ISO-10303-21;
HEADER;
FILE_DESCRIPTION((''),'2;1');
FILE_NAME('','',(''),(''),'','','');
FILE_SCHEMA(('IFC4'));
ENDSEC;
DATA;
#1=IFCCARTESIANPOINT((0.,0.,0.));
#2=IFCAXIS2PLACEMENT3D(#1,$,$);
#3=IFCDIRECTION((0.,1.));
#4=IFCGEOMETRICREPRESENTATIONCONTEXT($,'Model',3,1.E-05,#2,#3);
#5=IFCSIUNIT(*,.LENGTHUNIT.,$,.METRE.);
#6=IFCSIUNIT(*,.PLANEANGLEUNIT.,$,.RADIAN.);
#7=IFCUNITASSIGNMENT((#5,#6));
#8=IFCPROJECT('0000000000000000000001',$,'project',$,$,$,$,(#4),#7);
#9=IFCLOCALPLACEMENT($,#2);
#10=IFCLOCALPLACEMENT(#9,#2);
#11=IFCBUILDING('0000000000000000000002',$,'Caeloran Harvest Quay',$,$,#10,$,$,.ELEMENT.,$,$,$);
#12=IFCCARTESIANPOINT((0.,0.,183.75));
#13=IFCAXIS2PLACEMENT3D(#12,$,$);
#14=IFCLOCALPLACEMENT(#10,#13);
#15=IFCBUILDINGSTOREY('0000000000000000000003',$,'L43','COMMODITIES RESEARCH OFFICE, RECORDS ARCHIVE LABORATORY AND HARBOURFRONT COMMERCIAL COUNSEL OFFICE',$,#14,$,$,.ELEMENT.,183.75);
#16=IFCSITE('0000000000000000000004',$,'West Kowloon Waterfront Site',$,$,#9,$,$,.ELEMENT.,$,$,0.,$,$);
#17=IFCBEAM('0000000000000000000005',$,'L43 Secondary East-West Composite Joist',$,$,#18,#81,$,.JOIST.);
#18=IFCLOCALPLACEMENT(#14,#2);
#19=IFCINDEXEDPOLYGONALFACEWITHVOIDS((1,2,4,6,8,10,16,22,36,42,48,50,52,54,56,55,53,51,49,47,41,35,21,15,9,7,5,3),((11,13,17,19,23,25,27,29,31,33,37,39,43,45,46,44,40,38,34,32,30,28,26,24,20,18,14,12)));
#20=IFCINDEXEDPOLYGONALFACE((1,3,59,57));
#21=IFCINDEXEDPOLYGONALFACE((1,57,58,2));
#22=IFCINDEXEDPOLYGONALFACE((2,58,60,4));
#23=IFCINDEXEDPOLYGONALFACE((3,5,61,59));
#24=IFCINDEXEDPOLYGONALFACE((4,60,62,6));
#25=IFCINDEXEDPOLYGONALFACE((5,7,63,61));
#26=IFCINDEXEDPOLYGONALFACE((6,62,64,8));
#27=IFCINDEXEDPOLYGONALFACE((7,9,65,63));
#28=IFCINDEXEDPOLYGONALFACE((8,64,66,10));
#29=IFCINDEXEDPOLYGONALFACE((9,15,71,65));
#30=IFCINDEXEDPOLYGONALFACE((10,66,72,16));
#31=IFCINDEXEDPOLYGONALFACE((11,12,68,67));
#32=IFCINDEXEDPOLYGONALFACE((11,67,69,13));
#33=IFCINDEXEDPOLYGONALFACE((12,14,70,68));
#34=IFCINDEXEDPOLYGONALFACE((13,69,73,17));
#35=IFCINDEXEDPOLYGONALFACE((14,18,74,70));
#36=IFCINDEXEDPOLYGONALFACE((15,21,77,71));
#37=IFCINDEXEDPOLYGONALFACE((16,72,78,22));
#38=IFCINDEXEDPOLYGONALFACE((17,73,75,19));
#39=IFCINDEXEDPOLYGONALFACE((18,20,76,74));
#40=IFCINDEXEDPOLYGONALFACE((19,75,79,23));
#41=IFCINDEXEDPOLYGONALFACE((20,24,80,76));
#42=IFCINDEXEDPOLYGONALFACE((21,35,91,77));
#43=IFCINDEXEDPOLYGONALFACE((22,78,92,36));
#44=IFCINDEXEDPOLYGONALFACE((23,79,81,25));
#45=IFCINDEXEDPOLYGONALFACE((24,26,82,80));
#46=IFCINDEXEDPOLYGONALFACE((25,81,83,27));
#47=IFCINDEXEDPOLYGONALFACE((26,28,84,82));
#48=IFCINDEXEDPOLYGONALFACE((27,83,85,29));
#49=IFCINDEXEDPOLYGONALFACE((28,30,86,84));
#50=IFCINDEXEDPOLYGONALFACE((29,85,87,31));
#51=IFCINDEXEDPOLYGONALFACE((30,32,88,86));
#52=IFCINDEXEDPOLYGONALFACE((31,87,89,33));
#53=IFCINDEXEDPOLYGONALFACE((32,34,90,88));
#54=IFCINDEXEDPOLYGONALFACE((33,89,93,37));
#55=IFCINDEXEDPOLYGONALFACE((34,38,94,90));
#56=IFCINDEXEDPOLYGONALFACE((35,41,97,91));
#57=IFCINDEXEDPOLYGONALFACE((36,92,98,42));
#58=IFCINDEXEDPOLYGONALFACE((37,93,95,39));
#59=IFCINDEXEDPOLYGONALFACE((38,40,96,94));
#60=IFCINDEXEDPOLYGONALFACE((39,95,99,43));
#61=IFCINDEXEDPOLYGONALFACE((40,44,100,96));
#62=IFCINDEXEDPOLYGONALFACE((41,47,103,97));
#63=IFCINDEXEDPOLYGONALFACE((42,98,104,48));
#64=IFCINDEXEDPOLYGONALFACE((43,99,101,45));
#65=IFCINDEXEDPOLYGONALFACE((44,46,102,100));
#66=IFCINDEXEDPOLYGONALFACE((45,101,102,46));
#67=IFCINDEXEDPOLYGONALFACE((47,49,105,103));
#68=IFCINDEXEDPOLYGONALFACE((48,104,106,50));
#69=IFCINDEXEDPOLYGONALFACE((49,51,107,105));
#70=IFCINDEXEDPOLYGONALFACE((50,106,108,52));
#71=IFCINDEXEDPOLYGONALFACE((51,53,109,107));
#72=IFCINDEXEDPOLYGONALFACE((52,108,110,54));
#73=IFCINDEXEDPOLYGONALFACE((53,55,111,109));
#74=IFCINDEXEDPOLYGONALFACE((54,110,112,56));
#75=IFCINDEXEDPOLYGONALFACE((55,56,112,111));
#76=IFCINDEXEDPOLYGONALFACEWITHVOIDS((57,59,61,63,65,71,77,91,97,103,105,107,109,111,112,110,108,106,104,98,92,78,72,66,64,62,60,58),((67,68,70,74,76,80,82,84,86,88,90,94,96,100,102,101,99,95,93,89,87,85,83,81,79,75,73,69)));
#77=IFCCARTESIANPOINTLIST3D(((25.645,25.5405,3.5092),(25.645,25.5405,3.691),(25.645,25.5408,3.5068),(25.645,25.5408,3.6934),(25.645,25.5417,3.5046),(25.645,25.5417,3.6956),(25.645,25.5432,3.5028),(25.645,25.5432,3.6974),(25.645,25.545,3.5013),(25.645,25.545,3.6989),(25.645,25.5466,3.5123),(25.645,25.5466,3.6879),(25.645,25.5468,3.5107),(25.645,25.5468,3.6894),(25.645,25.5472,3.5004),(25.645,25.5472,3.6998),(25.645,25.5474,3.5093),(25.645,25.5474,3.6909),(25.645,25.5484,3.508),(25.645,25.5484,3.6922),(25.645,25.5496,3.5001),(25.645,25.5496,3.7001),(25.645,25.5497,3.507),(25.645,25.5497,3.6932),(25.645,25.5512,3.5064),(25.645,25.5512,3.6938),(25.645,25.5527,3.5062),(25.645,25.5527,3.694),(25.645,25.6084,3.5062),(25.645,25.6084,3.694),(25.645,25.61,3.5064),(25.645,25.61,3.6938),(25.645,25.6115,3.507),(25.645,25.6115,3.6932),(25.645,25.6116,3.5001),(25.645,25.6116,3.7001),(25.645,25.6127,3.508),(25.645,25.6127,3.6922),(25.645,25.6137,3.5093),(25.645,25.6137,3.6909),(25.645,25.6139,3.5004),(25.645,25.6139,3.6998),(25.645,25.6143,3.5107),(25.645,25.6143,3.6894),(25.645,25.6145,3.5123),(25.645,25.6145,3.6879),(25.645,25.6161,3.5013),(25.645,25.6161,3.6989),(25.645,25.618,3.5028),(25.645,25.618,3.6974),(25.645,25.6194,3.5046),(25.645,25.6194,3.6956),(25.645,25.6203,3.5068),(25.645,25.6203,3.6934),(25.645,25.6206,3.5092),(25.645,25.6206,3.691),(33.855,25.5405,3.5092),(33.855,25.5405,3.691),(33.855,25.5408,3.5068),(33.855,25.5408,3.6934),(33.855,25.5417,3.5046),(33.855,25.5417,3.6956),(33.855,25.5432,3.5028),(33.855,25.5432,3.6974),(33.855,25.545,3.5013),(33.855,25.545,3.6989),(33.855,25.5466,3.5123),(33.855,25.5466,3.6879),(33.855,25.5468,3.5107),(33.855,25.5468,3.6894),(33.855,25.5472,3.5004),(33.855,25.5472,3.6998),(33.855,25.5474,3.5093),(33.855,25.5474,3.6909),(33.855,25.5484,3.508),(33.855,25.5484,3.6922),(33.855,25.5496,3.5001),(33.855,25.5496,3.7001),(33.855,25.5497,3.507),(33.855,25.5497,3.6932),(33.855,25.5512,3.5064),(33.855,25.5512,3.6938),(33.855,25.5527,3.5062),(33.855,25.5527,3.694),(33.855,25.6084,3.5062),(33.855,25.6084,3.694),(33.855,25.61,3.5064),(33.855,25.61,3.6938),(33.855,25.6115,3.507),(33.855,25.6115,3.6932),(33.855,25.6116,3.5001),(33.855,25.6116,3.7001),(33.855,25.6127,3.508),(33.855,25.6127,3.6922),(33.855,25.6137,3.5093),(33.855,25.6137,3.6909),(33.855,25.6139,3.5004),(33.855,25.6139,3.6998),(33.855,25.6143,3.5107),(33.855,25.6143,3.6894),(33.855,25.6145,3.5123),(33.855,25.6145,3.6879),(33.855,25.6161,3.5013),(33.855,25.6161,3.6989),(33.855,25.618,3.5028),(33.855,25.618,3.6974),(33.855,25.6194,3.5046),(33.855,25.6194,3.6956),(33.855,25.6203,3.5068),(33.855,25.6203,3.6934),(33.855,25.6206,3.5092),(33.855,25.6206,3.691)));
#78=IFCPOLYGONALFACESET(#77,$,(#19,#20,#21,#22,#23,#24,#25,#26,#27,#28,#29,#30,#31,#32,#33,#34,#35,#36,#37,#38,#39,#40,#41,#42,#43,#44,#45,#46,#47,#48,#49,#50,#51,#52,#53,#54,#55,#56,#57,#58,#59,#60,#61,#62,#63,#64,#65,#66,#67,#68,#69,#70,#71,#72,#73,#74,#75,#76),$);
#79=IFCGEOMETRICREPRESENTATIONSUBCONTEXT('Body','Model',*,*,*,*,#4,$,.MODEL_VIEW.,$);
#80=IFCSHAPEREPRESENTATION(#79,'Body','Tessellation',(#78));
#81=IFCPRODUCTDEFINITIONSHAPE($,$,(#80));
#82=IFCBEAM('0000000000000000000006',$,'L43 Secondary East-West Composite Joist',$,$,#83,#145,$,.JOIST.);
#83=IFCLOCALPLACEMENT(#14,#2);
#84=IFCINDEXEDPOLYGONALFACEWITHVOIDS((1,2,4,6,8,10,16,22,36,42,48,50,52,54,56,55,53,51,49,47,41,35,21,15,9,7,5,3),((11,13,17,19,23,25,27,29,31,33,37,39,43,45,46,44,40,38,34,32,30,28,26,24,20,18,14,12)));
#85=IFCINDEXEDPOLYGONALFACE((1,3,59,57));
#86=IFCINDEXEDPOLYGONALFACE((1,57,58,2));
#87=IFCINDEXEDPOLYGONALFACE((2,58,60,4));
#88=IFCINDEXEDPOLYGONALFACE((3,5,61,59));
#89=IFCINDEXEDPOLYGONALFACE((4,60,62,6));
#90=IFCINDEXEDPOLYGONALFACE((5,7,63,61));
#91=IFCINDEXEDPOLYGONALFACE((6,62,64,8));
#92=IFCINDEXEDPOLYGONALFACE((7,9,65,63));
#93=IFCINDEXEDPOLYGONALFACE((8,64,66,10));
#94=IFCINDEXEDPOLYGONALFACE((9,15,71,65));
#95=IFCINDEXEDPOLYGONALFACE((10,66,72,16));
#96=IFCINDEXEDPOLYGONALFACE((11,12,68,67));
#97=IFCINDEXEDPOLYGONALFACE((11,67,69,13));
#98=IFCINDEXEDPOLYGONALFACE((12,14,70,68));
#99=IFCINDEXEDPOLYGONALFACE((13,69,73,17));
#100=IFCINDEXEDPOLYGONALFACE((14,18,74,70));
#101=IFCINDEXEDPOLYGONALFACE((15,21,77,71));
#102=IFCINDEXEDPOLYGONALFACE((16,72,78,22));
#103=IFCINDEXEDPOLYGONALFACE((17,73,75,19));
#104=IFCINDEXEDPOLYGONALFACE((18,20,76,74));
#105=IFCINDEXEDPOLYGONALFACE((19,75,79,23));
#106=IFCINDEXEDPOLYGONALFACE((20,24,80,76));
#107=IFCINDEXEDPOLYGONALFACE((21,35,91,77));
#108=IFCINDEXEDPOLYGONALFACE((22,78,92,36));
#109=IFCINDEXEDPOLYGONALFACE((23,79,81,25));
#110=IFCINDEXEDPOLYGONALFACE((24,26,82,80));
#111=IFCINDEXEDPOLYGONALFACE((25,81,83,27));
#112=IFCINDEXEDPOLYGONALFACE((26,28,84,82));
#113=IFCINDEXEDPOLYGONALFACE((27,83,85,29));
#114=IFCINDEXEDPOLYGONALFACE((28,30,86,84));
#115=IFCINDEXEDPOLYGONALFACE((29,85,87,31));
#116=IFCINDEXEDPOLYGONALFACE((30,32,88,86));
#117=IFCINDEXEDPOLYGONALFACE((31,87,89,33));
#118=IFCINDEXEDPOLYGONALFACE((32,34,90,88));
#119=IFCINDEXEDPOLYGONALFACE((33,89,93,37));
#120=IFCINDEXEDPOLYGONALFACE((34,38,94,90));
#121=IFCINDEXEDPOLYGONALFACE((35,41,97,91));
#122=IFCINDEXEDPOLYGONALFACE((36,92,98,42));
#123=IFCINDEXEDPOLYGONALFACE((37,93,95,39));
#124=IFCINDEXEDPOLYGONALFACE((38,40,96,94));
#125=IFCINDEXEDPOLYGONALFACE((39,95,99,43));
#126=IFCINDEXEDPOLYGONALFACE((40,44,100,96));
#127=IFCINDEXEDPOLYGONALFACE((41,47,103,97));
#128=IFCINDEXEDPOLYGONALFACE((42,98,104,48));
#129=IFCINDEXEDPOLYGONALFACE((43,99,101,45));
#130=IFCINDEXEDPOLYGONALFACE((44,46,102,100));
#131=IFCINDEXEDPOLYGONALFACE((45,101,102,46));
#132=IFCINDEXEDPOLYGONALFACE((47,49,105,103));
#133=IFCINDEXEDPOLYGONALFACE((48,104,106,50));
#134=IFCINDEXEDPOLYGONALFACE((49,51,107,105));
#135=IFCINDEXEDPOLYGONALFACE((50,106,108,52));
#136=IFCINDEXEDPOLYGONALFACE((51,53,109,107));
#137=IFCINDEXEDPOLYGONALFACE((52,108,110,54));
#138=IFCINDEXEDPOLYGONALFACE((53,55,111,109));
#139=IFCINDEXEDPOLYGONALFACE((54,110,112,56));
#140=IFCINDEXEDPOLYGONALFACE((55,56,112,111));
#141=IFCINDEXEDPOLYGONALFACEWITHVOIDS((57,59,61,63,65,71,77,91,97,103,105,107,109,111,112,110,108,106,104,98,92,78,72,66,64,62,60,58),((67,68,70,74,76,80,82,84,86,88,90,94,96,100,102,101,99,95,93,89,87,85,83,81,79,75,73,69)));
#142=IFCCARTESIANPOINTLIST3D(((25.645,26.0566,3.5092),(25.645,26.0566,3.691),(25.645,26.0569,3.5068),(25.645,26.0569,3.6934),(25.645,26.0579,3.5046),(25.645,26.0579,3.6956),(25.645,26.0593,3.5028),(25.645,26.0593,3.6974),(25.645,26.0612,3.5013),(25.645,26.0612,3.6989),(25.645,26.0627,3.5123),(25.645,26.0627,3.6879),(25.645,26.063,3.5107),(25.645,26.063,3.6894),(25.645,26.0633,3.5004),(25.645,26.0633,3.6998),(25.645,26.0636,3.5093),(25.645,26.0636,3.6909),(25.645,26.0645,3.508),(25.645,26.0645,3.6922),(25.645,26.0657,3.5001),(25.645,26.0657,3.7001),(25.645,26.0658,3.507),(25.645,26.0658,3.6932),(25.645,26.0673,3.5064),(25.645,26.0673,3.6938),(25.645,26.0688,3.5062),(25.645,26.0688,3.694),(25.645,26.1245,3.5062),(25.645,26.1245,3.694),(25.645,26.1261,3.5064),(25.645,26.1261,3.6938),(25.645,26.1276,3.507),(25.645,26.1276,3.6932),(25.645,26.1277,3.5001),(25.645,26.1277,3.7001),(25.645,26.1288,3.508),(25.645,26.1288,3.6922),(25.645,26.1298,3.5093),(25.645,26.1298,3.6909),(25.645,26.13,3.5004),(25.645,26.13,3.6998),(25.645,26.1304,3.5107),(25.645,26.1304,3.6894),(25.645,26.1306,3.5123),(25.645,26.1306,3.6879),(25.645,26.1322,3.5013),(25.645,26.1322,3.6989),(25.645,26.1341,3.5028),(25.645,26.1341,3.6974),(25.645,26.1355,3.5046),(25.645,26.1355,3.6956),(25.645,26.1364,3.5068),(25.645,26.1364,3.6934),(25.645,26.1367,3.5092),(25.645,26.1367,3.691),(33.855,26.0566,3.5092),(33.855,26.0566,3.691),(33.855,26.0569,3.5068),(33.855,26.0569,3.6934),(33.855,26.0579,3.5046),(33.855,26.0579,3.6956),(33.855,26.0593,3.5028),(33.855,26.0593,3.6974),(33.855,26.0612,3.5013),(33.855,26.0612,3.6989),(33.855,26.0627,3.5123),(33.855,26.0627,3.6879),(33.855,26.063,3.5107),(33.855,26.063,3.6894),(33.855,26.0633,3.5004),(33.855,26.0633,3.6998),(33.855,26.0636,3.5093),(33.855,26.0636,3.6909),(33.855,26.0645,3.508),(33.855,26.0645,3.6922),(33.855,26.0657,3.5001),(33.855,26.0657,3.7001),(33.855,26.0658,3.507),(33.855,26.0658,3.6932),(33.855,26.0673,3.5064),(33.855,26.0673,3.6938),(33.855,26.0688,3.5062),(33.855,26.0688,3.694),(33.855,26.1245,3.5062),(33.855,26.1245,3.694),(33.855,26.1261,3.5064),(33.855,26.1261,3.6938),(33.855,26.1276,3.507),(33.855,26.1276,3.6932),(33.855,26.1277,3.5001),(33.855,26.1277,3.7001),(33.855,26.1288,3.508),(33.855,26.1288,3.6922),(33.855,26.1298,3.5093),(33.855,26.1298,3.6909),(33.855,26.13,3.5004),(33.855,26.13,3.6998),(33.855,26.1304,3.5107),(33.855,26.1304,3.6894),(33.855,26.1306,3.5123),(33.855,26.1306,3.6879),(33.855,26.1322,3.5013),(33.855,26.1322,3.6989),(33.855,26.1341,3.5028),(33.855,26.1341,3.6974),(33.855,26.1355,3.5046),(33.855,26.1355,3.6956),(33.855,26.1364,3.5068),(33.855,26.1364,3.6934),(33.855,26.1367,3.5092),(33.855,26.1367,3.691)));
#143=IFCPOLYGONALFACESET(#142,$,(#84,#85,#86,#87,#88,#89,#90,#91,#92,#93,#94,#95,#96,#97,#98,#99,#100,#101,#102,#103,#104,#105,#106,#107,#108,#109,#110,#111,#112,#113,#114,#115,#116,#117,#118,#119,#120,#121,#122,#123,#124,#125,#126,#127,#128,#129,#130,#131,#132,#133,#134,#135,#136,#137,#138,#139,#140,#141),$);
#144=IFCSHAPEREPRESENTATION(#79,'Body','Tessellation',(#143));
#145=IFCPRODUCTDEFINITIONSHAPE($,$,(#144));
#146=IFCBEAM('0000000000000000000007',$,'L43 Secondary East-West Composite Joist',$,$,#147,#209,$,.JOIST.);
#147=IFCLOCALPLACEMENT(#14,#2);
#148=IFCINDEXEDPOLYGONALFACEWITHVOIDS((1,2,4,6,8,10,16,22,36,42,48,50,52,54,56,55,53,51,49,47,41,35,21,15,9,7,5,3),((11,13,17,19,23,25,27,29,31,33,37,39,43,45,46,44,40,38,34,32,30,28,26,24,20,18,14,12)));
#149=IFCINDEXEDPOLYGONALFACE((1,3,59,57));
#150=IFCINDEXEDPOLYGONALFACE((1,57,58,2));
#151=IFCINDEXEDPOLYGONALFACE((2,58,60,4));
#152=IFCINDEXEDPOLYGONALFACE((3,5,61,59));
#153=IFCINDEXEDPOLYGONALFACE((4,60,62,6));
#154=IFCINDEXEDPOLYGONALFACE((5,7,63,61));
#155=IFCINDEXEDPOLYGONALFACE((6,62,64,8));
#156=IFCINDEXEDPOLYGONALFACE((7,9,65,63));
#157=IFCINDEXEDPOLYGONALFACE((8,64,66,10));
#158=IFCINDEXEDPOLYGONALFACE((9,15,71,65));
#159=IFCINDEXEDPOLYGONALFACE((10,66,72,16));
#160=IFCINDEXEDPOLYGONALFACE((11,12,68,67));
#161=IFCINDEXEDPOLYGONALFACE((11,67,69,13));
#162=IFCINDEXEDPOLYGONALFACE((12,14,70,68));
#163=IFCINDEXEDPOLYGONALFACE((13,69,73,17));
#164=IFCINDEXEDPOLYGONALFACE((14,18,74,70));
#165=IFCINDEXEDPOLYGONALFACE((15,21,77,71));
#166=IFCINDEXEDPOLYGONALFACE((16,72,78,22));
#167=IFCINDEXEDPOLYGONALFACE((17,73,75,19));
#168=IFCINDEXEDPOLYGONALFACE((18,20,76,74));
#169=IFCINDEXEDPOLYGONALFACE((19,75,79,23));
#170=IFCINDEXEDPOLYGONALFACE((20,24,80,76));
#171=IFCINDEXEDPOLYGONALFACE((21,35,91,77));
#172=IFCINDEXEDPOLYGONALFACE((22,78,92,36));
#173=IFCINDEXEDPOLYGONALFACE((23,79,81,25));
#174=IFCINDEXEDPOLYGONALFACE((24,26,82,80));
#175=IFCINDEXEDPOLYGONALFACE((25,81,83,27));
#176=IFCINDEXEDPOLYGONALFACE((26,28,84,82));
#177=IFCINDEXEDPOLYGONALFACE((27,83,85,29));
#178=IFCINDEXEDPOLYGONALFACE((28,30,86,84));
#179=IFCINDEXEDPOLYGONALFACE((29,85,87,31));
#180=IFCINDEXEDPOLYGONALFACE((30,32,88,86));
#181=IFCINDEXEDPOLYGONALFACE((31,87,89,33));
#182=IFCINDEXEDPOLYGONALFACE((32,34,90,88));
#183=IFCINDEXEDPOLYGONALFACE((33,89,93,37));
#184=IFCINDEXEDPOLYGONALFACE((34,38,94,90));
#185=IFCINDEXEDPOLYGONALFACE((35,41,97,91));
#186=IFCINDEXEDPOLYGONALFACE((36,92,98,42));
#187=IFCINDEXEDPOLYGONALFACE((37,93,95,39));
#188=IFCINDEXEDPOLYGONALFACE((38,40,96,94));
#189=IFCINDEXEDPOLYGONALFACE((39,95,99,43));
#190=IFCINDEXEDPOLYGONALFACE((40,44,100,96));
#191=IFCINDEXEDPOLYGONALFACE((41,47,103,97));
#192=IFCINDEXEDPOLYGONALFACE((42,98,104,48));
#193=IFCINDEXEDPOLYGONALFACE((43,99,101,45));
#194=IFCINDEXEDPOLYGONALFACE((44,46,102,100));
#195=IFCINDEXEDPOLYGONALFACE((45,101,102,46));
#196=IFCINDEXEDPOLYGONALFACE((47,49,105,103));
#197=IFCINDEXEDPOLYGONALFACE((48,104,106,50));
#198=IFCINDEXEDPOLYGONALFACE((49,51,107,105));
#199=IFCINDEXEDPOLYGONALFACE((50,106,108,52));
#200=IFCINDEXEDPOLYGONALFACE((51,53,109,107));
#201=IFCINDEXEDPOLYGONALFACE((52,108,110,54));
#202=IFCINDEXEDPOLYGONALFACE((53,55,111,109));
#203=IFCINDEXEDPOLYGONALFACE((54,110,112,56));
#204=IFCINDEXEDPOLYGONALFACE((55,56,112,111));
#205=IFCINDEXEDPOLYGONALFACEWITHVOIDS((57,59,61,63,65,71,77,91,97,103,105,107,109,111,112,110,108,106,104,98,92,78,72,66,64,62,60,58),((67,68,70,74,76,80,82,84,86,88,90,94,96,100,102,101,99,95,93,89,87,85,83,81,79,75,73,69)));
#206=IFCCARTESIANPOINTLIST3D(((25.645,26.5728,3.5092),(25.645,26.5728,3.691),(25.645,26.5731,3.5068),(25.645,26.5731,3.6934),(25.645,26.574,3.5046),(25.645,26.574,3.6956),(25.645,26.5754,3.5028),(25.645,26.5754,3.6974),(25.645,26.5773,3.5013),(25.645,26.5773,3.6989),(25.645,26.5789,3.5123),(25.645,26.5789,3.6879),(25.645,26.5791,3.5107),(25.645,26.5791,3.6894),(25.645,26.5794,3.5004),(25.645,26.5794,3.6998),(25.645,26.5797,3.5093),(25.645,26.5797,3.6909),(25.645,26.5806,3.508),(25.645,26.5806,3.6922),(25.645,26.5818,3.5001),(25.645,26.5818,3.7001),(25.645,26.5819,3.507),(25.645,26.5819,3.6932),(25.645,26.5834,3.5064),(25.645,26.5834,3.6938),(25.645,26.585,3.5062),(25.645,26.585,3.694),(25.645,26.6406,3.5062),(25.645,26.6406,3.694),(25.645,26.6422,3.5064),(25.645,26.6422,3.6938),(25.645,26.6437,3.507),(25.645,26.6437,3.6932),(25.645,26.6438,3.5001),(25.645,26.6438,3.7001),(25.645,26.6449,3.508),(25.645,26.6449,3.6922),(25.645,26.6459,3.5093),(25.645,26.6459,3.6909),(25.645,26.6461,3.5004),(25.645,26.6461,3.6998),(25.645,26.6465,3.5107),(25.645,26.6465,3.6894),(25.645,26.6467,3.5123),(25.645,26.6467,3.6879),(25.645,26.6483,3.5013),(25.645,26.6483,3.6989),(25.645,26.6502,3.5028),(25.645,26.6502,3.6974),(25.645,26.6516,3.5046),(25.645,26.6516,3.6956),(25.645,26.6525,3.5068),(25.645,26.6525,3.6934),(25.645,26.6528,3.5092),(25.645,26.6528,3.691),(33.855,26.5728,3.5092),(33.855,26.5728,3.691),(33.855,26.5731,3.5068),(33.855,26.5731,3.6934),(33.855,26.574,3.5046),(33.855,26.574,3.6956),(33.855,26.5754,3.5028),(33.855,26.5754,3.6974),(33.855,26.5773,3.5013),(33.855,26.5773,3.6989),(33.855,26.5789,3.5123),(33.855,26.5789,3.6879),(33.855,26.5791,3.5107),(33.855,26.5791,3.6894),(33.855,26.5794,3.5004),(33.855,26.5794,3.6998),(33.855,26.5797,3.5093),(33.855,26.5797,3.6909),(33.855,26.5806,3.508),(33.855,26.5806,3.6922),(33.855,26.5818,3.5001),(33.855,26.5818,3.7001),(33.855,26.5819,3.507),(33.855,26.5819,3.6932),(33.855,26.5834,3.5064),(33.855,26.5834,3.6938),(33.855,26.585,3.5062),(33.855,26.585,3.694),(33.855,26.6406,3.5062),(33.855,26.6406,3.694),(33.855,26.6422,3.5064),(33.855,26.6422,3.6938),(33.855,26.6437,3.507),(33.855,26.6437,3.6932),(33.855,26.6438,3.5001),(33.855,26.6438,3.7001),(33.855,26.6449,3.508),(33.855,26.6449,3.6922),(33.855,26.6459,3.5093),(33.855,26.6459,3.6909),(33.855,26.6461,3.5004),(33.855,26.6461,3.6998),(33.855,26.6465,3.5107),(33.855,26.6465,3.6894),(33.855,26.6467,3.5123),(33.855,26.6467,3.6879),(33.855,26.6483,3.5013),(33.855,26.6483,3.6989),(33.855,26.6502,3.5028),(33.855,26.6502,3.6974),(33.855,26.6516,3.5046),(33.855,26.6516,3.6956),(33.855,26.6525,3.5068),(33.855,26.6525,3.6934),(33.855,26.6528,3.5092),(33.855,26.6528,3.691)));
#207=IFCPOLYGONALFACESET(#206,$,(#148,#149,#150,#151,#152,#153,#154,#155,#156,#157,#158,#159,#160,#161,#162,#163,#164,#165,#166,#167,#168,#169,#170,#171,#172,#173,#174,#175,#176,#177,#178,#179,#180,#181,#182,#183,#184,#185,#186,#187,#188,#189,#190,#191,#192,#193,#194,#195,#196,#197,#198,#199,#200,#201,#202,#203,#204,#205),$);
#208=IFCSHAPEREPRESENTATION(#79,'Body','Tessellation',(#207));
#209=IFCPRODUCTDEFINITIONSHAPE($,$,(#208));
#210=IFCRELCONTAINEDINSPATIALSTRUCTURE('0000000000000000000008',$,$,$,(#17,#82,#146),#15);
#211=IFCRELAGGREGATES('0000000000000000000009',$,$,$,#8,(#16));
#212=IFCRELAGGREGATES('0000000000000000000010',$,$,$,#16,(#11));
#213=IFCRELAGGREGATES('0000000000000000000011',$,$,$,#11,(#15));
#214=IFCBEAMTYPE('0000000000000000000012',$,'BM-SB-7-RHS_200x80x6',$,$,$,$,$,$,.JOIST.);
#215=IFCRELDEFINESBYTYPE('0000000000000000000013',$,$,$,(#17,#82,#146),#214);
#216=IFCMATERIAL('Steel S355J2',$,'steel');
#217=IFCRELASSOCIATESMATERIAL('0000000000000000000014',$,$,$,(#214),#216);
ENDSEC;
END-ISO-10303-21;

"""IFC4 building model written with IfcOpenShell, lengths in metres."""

from ifc_helpers import new_model, si_unit, direction, frame, origin, origin_2d, place, context, subcontext, project, spatial, hollow_rectangle, extrude, material, material_profile, profile_set, type_object, element, save


model = new_model("IFC4")

# Units and contexts
model_context = context("Model", 3, precision=1e-05, world=origin(), true_north=direction((0.0, 1.0)))
body_context = subcontext(model_context, "Body", "Model", "MODEL_VIEW")
ifc_project = project(units=[si_unit("LENGTHUNIT", "METRE"), si_unit("PLANEANGLEUNIT", "RADIAN")], contexts=[model_context])

# Site, building, storey
site_placement = place(None, origin())
site = spatial("IfcSite", under=ifc_project, at=site_placement, Name="West Kowloon Waterfront Site", CompositionType="ELEMENT", RefElevation=0.0)
building_placement = place(site_placement, origin())
building = spatial("IfcBuilding", under=site, at=building_placement, Name="Caeloran Harvest Quay", CompositionType="ELEMENT")
storey_placement = place(building_placement, frame((0.0, 0.0, 183.75)))
storey = spatial("IfcBuildingStorey", under=building, at=storey_placement, Name="L43", Description="COMMODITIES RESEARCH OFFICE, RECORDS ARCHIVE LABORATORY AND HARBOURFRONT COMMERCIAL COUNSEL OFFICE", CompositionType="ELEMENT", Elevation=183.75)

# Beams
ifc_material = material(Name="Steel S355J2", Category="steel")
ifc_material_profile_1 = material_profile(ifc_material, hollow_rectangle(XDim=0.0801, YDim=0.2, WallThickness=0.0061, InnerFilletRadius=0.0061, OuterFilletRadius=0.009, at=origin_2d()), Name="RHS 200x80x6")
ifc_profile_set_1 = profile_set([ifc_material_profile_1], Name="Steel S355J2")
beam_type_1 = type_object("IfcBeamType", Name="BM-SB-7-RHS_200x80x6", PredefinedType="JOIST", material=ifc_profile_set_1)
for number, where, z_axis, x_axis, name in (
    (1, (25.645, 25.5806, 3.6001), (1.0, 0.0, 0.0), (0.0, 1.0, 0.0), "L43 Secondary East-West Composite Joist"),
    (2, (25.645, 26.0967, 3.6001), (1.0, 0.0, 0.0), (0.0, 1.0, 0.0), "L43 Secondary East-West Composite Joist"),
    (3, (25.645, 26.6128, 3.6001), (1.0, 0.0, 0.0), (0.0, 1.0, 0.0), "L43 Secondary East-West Composite Joist"),
):
    element("IfcBeam", number, at=place(storey_placement, frame(where, z_axis=z_axis, x_axis=x_axis)), inside=storey, type_object=beam_type_1, Name=name, PredefinedType="JOIST", context=body_context, shape_type="SweptSolid", body=[
        extrude(hollow_rectangle(XDim=0.0801, YDim=0.2, WallThickness=0.0061, InnerFilletRadius=0.0061, OuterFilletRadius=0.009, at=origin_2d()), origin(), (0.0, 0.0, 1.0), 8.21),
    ])

save(model, "model.ifc")
